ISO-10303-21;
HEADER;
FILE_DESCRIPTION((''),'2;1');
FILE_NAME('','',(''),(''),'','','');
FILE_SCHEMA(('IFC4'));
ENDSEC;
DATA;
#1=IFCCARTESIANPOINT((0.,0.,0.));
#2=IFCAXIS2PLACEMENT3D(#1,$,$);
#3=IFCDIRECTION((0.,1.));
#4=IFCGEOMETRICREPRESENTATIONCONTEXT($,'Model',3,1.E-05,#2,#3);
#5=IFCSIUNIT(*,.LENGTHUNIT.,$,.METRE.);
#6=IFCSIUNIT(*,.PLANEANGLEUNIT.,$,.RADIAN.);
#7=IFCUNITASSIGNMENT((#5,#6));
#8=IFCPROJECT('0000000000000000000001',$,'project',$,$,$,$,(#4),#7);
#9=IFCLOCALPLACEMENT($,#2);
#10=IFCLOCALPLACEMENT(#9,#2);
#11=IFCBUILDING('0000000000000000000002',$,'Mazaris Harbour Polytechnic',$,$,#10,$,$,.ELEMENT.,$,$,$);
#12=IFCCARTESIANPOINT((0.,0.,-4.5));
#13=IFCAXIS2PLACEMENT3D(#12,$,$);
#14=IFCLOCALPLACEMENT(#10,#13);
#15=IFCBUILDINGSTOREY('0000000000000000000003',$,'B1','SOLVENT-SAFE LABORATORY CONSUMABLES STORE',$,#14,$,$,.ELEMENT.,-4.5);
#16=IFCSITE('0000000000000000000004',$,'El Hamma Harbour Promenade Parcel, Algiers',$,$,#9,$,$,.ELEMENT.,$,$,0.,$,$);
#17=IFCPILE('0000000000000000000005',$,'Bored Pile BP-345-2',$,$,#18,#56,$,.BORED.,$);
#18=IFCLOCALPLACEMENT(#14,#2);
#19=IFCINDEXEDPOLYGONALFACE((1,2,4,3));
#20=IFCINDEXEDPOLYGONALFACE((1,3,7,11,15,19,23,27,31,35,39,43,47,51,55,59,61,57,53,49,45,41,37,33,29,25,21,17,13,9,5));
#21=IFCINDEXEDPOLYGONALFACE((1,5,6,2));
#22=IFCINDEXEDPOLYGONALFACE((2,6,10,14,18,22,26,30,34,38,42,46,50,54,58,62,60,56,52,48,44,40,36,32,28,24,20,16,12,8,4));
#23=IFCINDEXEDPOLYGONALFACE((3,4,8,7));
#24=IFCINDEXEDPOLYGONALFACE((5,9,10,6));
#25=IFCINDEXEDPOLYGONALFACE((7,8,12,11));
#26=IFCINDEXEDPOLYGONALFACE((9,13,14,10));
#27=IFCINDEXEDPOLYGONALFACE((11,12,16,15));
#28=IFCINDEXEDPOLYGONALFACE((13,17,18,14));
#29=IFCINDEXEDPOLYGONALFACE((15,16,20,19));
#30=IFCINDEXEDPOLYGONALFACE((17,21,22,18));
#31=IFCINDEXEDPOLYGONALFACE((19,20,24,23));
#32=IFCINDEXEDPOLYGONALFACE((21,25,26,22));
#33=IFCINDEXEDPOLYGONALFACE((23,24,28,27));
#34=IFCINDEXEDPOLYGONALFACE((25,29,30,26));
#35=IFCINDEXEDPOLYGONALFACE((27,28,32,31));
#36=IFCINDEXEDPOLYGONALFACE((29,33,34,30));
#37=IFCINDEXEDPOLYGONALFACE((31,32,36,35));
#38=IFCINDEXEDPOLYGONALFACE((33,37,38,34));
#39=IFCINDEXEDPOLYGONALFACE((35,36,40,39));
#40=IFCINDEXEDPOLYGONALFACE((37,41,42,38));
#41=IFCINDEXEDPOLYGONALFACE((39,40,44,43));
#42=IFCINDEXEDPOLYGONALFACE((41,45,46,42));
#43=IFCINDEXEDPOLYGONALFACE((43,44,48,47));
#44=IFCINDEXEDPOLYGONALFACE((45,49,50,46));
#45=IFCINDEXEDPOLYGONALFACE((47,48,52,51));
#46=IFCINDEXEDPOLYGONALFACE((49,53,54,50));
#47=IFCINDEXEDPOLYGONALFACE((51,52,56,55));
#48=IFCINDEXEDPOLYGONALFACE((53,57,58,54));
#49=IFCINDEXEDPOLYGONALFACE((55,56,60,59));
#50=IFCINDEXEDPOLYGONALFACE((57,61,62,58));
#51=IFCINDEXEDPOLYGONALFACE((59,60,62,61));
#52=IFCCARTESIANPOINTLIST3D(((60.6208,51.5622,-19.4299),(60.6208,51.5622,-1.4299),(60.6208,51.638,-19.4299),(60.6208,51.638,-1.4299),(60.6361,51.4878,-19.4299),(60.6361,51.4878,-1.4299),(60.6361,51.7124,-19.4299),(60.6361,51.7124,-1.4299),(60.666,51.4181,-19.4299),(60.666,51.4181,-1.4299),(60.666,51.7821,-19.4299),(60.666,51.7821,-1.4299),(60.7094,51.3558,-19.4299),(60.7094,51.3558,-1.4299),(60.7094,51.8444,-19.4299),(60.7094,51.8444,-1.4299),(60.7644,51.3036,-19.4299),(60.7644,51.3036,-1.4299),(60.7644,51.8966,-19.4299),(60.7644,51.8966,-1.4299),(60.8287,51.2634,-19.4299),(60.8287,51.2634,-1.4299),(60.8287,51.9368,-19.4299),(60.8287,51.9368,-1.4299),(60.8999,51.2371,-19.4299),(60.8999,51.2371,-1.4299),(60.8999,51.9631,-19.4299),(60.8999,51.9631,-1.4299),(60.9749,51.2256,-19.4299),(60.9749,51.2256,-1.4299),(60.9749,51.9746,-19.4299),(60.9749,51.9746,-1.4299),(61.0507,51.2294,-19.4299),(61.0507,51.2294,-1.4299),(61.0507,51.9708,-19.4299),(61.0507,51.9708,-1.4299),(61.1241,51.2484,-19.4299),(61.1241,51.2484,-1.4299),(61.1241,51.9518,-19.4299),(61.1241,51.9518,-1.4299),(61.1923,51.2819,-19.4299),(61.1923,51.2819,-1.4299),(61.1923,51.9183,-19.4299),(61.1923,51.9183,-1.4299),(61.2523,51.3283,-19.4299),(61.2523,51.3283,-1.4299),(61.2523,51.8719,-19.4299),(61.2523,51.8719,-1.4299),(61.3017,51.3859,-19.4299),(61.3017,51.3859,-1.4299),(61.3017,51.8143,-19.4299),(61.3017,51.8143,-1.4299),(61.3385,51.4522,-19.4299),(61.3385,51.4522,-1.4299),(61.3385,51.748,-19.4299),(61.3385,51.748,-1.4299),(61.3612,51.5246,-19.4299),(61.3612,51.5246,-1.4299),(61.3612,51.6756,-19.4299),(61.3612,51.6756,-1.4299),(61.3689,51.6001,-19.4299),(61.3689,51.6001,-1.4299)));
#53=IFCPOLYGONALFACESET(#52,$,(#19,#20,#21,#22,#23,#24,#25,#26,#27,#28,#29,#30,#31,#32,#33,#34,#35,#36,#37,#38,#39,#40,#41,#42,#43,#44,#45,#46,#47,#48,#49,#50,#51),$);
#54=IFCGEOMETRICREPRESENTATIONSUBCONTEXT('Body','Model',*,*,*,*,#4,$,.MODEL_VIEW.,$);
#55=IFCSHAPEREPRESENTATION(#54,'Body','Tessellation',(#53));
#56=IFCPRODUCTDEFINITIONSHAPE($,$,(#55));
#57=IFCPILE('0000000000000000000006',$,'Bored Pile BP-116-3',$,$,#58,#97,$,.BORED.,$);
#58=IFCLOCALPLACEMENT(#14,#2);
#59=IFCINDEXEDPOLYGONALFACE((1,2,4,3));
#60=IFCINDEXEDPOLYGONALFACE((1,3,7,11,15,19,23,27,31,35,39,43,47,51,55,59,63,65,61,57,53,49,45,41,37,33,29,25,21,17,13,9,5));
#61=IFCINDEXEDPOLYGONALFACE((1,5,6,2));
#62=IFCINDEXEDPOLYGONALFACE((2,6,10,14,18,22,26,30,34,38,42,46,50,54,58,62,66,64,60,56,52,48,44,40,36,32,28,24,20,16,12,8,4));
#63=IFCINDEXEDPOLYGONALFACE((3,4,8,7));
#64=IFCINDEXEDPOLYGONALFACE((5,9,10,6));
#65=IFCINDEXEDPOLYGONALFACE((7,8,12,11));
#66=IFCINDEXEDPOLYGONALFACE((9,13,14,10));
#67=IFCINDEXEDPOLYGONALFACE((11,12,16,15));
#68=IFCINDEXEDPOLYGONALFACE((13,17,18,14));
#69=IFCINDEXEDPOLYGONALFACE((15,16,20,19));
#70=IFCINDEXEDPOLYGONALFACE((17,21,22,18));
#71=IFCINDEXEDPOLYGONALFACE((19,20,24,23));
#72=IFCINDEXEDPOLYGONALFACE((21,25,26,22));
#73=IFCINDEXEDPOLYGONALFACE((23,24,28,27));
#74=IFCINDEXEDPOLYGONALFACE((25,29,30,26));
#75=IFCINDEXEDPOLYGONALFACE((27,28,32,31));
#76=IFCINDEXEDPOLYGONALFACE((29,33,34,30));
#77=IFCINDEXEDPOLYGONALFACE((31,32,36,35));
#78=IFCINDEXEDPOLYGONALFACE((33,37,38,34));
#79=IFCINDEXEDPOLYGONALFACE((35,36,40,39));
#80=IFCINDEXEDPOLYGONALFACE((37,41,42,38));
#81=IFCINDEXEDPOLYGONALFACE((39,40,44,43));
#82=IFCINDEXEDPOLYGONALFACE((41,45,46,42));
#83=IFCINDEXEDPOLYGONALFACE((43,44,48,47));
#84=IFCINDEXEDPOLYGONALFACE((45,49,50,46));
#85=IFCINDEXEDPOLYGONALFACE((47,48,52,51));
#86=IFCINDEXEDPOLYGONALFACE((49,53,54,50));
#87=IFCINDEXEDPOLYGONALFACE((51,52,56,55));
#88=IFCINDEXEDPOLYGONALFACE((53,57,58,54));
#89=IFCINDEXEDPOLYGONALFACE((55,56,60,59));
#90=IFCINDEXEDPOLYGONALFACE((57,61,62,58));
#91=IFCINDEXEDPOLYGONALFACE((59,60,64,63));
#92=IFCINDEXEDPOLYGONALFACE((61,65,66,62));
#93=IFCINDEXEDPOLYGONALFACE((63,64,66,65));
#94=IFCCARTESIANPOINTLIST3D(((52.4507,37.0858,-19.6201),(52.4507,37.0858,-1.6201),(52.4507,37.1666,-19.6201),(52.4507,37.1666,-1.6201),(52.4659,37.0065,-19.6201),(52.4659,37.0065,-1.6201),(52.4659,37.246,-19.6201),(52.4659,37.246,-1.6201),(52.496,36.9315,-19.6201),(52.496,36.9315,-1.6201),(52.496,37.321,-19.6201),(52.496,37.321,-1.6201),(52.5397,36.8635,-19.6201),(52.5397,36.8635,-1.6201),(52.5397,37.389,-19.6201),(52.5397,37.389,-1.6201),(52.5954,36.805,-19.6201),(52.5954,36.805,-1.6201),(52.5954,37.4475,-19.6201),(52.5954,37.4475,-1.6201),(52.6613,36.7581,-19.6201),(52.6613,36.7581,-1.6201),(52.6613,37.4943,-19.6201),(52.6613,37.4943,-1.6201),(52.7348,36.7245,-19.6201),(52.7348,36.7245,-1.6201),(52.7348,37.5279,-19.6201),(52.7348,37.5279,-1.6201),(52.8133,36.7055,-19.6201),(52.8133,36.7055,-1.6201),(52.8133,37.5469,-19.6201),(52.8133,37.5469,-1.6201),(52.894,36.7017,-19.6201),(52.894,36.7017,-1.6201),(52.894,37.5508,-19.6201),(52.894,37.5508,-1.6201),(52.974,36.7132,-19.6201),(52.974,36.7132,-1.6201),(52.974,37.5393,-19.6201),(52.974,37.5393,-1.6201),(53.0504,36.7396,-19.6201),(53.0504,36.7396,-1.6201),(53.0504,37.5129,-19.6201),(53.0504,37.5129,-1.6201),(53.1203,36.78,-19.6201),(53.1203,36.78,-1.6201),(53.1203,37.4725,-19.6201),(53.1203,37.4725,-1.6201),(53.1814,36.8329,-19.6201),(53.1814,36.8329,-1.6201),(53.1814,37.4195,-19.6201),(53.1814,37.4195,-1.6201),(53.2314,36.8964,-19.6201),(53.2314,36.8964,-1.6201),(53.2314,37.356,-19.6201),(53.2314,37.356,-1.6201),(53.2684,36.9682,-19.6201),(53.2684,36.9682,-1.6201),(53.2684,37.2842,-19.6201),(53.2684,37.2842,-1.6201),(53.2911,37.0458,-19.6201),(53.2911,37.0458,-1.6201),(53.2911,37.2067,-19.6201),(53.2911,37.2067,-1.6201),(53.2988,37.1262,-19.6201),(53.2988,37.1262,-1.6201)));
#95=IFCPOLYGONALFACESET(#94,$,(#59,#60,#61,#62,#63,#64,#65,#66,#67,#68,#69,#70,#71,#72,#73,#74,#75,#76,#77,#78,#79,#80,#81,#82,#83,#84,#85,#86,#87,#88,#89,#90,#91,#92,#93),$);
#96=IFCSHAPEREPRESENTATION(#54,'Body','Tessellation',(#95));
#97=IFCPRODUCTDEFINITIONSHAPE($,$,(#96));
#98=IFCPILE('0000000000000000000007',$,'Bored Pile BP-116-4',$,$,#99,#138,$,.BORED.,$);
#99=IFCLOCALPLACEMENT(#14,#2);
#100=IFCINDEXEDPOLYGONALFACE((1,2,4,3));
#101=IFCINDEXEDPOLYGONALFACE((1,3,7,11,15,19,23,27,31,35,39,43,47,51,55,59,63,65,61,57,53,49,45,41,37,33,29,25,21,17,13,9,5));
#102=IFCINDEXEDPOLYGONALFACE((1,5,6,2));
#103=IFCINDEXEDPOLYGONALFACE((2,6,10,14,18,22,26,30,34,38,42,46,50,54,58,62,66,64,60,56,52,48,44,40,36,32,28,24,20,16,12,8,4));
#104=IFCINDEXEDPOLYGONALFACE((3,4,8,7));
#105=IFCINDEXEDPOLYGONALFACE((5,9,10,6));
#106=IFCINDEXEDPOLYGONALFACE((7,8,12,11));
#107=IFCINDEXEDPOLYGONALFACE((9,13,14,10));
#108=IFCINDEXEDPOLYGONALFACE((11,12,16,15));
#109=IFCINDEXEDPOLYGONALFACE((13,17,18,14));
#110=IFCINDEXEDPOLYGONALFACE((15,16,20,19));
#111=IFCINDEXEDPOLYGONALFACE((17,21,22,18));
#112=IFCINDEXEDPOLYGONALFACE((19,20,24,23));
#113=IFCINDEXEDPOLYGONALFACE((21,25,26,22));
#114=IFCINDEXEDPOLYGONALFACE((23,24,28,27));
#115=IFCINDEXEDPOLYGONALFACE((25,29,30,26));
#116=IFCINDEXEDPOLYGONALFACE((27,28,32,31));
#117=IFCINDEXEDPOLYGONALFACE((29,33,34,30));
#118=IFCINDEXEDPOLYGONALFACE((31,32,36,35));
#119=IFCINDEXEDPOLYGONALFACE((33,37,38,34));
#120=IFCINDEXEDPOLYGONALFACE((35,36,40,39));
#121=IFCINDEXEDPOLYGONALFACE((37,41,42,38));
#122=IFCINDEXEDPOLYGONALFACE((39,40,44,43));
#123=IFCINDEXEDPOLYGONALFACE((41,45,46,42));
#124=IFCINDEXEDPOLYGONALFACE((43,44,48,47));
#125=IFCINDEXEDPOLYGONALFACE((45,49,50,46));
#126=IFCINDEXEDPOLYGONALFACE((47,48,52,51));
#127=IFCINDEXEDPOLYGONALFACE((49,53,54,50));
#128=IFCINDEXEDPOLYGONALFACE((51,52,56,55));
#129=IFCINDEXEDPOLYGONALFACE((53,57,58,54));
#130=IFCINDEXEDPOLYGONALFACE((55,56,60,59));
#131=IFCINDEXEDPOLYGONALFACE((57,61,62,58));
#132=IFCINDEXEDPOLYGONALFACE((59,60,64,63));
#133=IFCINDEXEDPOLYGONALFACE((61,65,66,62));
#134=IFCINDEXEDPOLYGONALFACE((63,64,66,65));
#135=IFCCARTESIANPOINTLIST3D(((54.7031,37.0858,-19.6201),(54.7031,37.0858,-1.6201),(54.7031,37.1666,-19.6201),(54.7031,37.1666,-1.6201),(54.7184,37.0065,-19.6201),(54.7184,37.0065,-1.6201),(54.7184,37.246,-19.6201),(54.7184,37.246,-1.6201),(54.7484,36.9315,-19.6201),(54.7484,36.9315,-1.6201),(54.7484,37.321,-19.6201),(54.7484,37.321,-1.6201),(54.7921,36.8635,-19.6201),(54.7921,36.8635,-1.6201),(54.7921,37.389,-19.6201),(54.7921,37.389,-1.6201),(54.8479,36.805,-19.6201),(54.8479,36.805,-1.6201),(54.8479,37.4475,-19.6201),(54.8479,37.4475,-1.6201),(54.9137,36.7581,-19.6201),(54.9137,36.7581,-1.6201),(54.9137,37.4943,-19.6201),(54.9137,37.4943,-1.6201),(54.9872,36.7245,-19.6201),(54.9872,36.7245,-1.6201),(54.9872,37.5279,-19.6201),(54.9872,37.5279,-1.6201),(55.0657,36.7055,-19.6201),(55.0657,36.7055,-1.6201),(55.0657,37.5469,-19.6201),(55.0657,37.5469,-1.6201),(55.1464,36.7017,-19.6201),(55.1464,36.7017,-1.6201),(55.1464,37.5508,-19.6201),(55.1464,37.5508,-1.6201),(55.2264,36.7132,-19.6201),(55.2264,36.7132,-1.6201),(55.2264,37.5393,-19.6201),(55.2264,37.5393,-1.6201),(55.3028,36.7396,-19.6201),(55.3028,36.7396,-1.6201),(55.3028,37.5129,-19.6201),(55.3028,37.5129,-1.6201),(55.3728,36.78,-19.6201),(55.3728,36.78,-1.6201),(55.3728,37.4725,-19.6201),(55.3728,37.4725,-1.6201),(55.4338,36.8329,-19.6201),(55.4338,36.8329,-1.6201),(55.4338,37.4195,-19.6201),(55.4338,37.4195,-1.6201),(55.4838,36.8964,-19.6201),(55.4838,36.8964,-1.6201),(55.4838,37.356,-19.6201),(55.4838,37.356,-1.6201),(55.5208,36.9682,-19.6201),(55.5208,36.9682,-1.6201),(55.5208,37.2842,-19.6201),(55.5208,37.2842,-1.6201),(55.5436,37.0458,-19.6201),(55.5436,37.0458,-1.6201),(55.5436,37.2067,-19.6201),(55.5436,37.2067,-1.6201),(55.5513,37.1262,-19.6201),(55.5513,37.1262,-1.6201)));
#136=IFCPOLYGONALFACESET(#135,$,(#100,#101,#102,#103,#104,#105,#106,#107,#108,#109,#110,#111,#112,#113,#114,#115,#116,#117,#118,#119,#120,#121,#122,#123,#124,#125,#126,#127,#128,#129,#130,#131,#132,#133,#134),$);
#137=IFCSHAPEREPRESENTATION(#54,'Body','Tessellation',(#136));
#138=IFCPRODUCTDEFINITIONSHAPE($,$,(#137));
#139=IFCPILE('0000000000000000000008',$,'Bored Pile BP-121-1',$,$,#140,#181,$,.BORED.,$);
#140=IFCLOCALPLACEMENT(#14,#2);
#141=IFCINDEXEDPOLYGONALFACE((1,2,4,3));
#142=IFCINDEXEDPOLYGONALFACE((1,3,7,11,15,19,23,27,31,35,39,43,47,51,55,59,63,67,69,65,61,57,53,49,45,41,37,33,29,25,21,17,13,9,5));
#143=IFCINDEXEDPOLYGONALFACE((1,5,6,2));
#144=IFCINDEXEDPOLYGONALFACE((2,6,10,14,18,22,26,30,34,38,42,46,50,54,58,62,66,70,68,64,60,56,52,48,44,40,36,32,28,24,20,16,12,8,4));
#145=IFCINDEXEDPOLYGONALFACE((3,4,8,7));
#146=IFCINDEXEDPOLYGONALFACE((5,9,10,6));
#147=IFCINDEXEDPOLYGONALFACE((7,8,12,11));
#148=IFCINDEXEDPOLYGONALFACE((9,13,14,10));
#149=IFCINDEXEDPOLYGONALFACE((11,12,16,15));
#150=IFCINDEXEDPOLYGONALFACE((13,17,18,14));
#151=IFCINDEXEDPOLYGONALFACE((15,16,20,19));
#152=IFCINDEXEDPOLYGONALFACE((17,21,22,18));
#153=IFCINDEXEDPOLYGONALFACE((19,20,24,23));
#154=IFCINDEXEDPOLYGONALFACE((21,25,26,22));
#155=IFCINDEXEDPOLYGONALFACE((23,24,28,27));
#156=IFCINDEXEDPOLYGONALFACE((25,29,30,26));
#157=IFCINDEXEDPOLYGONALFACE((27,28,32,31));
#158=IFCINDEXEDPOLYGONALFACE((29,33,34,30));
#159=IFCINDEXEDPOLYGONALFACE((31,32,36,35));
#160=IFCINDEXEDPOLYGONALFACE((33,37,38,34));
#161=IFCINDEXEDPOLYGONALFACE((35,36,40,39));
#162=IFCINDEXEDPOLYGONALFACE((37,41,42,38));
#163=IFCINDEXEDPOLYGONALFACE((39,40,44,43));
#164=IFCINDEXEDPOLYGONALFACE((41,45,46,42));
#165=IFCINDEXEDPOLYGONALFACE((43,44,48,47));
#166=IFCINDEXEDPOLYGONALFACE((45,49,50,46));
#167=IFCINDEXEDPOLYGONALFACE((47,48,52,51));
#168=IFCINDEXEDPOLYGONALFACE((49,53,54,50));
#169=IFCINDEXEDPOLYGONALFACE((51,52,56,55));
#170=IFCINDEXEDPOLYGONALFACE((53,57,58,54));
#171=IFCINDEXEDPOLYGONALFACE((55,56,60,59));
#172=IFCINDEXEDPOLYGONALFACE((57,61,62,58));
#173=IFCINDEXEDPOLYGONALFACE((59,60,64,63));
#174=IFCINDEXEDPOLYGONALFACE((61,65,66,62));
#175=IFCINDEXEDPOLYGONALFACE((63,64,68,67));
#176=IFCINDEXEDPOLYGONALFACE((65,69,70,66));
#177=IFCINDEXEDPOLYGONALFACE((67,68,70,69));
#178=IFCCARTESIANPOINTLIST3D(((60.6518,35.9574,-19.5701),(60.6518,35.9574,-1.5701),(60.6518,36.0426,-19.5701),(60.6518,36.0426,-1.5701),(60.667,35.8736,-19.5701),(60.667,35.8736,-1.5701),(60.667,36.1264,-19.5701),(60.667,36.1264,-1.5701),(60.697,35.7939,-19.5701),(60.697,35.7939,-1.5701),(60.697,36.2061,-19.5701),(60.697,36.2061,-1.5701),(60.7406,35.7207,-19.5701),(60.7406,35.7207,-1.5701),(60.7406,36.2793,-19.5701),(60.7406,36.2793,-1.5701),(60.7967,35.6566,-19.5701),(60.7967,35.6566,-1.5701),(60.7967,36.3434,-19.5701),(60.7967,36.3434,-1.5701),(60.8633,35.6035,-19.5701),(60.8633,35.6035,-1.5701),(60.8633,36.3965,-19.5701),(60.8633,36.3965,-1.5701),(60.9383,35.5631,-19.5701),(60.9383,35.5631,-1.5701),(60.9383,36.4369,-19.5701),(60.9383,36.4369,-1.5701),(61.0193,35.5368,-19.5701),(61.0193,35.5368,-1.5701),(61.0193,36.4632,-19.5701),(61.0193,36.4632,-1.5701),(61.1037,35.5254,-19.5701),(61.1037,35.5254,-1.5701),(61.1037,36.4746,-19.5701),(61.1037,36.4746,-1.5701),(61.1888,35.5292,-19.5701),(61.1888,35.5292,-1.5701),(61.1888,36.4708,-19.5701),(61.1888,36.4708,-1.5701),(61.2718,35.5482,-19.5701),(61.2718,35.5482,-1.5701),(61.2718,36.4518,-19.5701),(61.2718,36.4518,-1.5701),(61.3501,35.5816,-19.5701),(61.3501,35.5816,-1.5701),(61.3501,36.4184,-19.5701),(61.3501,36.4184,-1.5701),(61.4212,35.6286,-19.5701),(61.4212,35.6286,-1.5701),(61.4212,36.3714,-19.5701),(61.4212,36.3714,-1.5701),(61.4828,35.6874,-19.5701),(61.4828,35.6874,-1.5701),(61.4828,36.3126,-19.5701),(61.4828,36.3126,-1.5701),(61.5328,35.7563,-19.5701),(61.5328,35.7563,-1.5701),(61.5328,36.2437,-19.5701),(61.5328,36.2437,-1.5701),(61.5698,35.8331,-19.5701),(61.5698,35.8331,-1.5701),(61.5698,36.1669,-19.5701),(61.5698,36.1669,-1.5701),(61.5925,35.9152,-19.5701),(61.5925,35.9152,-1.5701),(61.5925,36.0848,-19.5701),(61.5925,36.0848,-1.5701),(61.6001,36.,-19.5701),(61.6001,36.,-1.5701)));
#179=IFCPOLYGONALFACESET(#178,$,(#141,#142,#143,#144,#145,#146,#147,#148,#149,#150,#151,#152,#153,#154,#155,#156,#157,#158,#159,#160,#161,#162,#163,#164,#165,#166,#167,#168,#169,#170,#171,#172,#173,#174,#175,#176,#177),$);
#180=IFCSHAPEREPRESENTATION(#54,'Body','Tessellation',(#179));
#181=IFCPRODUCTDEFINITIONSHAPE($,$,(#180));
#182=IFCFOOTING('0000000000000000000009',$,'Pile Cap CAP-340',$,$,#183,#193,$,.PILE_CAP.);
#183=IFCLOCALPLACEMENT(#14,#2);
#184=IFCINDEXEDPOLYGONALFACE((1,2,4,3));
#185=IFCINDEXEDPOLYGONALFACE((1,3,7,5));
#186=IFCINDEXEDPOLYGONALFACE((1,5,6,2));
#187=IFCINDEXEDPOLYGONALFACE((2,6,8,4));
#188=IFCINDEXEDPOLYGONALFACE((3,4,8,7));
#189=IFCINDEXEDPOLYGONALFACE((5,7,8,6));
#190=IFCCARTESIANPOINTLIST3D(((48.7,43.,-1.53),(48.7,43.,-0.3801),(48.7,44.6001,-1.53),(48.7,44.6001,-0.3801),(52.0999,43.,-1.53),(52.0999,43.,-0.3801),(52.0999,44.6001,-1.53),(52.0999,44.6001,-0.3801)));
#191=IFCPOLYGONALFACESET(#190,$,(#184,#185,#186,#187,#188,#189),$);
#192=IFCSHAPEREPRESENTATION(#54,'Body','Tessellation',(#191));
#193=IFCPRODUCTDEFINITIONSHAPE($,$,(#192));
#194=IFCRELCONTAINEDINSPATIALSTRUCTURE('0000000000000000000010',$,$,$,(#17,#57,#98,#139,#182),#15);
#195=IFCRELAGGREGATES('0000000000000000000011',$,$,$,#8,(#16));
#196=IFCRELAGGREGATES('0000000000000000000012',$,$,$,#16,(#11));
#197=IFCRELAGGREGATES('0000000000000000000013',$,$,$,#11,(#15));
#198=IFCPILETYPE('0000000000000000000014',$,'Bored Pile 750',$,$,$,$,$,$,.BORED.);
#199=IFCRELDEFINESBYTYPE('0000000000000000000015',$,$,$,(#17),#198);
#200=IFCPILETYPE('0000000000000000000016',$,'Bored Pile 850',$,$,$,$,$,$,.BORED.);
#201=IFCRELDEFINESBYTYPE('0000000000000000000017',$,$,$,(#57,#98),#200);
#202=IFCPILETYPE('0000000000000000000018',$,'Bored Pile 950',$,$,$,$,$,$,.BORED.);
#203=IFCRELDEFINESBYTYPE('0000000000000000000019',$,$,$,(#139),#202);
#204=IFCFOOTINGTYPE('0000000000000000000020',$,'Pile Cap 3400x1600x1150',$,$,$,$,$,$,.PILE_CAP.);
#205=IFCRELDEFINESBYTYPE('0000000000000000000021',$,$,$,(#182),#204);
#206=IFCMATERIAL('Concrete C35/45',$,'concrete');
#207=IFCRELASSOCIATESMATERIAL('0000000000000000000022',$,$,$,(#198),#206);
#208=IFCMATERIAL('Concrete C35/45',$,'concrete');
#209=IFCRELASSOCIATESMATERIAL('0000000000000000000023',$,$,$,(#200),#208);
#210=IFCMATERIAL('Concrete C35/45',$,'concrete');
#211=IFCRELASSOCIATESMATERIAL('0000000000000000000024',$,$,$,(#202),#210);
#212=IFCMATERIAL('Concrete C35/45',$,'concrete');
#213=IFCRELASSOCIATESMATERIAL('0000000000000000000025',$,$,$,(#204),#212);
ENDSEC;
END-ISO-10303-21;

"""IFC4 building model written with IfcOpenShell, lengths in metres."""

from ifc_helpers import new_model, si_unit, direction, frame, origin, origin_2d, place, context, subcontext, project, spatial, rectangle, circle, extrude, material, material_profile, profile_set, type_object, element, save


model = new_model("IFC4")

# Units and contexts
model_context = context("Model", 3, precision=1e-05, world=origin(), true_north=direction((0.0, 1.0)))
body_context = subcontext(model_context, "Body", "Model", "MODEL_VIEW")
ifc_project = project(units=[si_unit("LENGTHUNIT", "METRE"), si_unit("PLANEANGLEUNIT", "RADIAN")], contexts=[model_context])

# Site, building, storey
site_placement = place(None, origin())
site = spatial("IfcSite", under=ifc_project, at=site_placement, Name="El Hamma Harbour Promenade Parcel, Algiers", CompositionType="ELEMENT", RefElevation=0.0)
building_placement = place(site_placement, origin())
building = spatial("IfcBuilding", under=site, at=building_placement, Name="Mazaris Harbour Polytechnic", CompositionType="ELEMENT")
storey_placement = place(building_placement, frame((0.0, 0.0, -4.5)))
storey = spatial("IfcBuildingStorey", under=building, at=storey_placement, Name="B1", Description="SOLVENT-SAFE LABORATORY CONSUMABLES STORE", CompositionType="ELEMENT", Elevation=-4.5)

# Piles
ifc_material_1 = material(Name="Concrete C35/45", Category="concrete")
ifc_material_profile_1 = material_profile(ifc_material_1, circle(Radius=0.375, at=origin_2d()), Name="DIA750")
ifc_profile_set_1 = profile_set([ifc_material_profile_1], Name="Concrete C35/45")
pile_type_1 = type_object("IfcPileType", Name="Bored Pile 750", PredefinedType="BORED", material=ifc_profile_set_1)
for number, where, z_axis, x_axis, name in (
    (1, (60.9939, 51.6001, -1.4299), (0.0, 0.0, -1.0), (1.0, 0.0, 0.0), "Bored Pile BP-345-2"),
):
    element("IfcPile", number, at=place(storey_placement, frame(where, z_axis=z_axis, x_axis=x_axis)), inside=storey, type_object=pile_type_1, Name=name, PredefinedType="BORED", context=body_context, shape_type="SweptSolid", body=[
        extrude(circle(Radius=0.375, at=origin_2d()), origin(), (0.0, 0.0, 1.0), 18.0),
    ])
ifc_material_2 = material(Name="Concrete C35/45", Category="concrete")
ifc_material_profile_2 = material_profile(ifc_material_2, circle(Radius=0.425, at=origin_2d()), Name="DIA850")
ifc_profile_set_2 = profile_set([ifc_material_profile_2], Name="Concrete C35/45")
pile_type_2 = type_object("IfcPileType", Name="Bored Pile 850", PredefinedType="BORED", material=ifc_profile_set_2)
for number, where, z_axis, x_axis, name in (
    (2, (52.8738, 37.1262, -1.6201), (0.0, 0.0, -1.0), (1.0, 0.0, 0.0), "Bored Pile BP-116-3"),
    (3, (55.1262, 37.1262, -1.6201), (0.0, 0.0, -1.0), (1.0, 0.0, 0.0), "Bored Pile BP-116-4"),
):
    element("IfcPile", number, at=place(storey_placement, frame(where, z_axis=z_axis, x_axis=x_axis)), inside=storey, type_object=pile_type_2, Name=name, PredefinedType="BORED", context=body_context, shape_type="SweptSolid", body=[
        extrude(circle(Radius=0.425, at=origin_2d()), origin(), (0.0, 0.0, 1.0), 18.0),
    ])
ifc_material_3 = material(Name="Concrete C35/45", Category="concrete")
ifc_material_profile_3 = material_profile(ifc_material_3, circle(Radius=0.4751, at=origin_2d()), Name="DIA950")
ifc_profile_set_3 = profile_set([ifc_material_profile_3], Name="Concrete C35/45")
pile_type_3 = type_object("IfcPileType", Name="Bored Pile 950", PredefinedType="BORED", material=ifc_profile_set_3)
pile_placement = place(storey_placement, frame((61.125, 36.0, -1.5701), z_axis=(0.0, 0.0, -1.0), x_axis=(1.0, 0.0, 0.0)))
element("IfcPile", 4, at=pile_placement, inside=storey, type_object=pile_type_3, Name="Bored Pile BP-121-1", PredefinedType="BORED", context=body_context, shape_type="SweptSolid", body=[
    extrude(circle(Radius=0.4751, at=origin_2d()), origin(), (0.0, 0.0, 1.0), 18.0),
])

# Footing
ifc_material_4 = material(Name="Concrete C35/45", Category="concrete")
footing_type_1 = type_object("IfcFootingType", Name="Pile Cap 3400x1600x1150", PredefinedType="PILE_CAP", material=ifc_material_4)
for number, where, z_axis, x_axis, name in (
    (5, (50.3999, 43.8, -1.53), (0.0, 0.0, 1.0), (1.0, 0.0, 0.0), "Pile Cap CAP-340"),
):
    element("IfcFooting", number, at=place(storey_placement, frame(where, z_axis=z_axis, x_axis=x_axis)), inside=storey, type_object=footing_type_1, Name=name, PredefinedType="PILE_CAP", context=body_context, shape_type="SweptSolid", body=[
        extrude(rectangle(XDim=3.3999, YDim=1.6001, at=origin_2d()), origin(), (0.0, 0.0, 1.0), 1.1499),
    ])

save(model, "model.ifc")
